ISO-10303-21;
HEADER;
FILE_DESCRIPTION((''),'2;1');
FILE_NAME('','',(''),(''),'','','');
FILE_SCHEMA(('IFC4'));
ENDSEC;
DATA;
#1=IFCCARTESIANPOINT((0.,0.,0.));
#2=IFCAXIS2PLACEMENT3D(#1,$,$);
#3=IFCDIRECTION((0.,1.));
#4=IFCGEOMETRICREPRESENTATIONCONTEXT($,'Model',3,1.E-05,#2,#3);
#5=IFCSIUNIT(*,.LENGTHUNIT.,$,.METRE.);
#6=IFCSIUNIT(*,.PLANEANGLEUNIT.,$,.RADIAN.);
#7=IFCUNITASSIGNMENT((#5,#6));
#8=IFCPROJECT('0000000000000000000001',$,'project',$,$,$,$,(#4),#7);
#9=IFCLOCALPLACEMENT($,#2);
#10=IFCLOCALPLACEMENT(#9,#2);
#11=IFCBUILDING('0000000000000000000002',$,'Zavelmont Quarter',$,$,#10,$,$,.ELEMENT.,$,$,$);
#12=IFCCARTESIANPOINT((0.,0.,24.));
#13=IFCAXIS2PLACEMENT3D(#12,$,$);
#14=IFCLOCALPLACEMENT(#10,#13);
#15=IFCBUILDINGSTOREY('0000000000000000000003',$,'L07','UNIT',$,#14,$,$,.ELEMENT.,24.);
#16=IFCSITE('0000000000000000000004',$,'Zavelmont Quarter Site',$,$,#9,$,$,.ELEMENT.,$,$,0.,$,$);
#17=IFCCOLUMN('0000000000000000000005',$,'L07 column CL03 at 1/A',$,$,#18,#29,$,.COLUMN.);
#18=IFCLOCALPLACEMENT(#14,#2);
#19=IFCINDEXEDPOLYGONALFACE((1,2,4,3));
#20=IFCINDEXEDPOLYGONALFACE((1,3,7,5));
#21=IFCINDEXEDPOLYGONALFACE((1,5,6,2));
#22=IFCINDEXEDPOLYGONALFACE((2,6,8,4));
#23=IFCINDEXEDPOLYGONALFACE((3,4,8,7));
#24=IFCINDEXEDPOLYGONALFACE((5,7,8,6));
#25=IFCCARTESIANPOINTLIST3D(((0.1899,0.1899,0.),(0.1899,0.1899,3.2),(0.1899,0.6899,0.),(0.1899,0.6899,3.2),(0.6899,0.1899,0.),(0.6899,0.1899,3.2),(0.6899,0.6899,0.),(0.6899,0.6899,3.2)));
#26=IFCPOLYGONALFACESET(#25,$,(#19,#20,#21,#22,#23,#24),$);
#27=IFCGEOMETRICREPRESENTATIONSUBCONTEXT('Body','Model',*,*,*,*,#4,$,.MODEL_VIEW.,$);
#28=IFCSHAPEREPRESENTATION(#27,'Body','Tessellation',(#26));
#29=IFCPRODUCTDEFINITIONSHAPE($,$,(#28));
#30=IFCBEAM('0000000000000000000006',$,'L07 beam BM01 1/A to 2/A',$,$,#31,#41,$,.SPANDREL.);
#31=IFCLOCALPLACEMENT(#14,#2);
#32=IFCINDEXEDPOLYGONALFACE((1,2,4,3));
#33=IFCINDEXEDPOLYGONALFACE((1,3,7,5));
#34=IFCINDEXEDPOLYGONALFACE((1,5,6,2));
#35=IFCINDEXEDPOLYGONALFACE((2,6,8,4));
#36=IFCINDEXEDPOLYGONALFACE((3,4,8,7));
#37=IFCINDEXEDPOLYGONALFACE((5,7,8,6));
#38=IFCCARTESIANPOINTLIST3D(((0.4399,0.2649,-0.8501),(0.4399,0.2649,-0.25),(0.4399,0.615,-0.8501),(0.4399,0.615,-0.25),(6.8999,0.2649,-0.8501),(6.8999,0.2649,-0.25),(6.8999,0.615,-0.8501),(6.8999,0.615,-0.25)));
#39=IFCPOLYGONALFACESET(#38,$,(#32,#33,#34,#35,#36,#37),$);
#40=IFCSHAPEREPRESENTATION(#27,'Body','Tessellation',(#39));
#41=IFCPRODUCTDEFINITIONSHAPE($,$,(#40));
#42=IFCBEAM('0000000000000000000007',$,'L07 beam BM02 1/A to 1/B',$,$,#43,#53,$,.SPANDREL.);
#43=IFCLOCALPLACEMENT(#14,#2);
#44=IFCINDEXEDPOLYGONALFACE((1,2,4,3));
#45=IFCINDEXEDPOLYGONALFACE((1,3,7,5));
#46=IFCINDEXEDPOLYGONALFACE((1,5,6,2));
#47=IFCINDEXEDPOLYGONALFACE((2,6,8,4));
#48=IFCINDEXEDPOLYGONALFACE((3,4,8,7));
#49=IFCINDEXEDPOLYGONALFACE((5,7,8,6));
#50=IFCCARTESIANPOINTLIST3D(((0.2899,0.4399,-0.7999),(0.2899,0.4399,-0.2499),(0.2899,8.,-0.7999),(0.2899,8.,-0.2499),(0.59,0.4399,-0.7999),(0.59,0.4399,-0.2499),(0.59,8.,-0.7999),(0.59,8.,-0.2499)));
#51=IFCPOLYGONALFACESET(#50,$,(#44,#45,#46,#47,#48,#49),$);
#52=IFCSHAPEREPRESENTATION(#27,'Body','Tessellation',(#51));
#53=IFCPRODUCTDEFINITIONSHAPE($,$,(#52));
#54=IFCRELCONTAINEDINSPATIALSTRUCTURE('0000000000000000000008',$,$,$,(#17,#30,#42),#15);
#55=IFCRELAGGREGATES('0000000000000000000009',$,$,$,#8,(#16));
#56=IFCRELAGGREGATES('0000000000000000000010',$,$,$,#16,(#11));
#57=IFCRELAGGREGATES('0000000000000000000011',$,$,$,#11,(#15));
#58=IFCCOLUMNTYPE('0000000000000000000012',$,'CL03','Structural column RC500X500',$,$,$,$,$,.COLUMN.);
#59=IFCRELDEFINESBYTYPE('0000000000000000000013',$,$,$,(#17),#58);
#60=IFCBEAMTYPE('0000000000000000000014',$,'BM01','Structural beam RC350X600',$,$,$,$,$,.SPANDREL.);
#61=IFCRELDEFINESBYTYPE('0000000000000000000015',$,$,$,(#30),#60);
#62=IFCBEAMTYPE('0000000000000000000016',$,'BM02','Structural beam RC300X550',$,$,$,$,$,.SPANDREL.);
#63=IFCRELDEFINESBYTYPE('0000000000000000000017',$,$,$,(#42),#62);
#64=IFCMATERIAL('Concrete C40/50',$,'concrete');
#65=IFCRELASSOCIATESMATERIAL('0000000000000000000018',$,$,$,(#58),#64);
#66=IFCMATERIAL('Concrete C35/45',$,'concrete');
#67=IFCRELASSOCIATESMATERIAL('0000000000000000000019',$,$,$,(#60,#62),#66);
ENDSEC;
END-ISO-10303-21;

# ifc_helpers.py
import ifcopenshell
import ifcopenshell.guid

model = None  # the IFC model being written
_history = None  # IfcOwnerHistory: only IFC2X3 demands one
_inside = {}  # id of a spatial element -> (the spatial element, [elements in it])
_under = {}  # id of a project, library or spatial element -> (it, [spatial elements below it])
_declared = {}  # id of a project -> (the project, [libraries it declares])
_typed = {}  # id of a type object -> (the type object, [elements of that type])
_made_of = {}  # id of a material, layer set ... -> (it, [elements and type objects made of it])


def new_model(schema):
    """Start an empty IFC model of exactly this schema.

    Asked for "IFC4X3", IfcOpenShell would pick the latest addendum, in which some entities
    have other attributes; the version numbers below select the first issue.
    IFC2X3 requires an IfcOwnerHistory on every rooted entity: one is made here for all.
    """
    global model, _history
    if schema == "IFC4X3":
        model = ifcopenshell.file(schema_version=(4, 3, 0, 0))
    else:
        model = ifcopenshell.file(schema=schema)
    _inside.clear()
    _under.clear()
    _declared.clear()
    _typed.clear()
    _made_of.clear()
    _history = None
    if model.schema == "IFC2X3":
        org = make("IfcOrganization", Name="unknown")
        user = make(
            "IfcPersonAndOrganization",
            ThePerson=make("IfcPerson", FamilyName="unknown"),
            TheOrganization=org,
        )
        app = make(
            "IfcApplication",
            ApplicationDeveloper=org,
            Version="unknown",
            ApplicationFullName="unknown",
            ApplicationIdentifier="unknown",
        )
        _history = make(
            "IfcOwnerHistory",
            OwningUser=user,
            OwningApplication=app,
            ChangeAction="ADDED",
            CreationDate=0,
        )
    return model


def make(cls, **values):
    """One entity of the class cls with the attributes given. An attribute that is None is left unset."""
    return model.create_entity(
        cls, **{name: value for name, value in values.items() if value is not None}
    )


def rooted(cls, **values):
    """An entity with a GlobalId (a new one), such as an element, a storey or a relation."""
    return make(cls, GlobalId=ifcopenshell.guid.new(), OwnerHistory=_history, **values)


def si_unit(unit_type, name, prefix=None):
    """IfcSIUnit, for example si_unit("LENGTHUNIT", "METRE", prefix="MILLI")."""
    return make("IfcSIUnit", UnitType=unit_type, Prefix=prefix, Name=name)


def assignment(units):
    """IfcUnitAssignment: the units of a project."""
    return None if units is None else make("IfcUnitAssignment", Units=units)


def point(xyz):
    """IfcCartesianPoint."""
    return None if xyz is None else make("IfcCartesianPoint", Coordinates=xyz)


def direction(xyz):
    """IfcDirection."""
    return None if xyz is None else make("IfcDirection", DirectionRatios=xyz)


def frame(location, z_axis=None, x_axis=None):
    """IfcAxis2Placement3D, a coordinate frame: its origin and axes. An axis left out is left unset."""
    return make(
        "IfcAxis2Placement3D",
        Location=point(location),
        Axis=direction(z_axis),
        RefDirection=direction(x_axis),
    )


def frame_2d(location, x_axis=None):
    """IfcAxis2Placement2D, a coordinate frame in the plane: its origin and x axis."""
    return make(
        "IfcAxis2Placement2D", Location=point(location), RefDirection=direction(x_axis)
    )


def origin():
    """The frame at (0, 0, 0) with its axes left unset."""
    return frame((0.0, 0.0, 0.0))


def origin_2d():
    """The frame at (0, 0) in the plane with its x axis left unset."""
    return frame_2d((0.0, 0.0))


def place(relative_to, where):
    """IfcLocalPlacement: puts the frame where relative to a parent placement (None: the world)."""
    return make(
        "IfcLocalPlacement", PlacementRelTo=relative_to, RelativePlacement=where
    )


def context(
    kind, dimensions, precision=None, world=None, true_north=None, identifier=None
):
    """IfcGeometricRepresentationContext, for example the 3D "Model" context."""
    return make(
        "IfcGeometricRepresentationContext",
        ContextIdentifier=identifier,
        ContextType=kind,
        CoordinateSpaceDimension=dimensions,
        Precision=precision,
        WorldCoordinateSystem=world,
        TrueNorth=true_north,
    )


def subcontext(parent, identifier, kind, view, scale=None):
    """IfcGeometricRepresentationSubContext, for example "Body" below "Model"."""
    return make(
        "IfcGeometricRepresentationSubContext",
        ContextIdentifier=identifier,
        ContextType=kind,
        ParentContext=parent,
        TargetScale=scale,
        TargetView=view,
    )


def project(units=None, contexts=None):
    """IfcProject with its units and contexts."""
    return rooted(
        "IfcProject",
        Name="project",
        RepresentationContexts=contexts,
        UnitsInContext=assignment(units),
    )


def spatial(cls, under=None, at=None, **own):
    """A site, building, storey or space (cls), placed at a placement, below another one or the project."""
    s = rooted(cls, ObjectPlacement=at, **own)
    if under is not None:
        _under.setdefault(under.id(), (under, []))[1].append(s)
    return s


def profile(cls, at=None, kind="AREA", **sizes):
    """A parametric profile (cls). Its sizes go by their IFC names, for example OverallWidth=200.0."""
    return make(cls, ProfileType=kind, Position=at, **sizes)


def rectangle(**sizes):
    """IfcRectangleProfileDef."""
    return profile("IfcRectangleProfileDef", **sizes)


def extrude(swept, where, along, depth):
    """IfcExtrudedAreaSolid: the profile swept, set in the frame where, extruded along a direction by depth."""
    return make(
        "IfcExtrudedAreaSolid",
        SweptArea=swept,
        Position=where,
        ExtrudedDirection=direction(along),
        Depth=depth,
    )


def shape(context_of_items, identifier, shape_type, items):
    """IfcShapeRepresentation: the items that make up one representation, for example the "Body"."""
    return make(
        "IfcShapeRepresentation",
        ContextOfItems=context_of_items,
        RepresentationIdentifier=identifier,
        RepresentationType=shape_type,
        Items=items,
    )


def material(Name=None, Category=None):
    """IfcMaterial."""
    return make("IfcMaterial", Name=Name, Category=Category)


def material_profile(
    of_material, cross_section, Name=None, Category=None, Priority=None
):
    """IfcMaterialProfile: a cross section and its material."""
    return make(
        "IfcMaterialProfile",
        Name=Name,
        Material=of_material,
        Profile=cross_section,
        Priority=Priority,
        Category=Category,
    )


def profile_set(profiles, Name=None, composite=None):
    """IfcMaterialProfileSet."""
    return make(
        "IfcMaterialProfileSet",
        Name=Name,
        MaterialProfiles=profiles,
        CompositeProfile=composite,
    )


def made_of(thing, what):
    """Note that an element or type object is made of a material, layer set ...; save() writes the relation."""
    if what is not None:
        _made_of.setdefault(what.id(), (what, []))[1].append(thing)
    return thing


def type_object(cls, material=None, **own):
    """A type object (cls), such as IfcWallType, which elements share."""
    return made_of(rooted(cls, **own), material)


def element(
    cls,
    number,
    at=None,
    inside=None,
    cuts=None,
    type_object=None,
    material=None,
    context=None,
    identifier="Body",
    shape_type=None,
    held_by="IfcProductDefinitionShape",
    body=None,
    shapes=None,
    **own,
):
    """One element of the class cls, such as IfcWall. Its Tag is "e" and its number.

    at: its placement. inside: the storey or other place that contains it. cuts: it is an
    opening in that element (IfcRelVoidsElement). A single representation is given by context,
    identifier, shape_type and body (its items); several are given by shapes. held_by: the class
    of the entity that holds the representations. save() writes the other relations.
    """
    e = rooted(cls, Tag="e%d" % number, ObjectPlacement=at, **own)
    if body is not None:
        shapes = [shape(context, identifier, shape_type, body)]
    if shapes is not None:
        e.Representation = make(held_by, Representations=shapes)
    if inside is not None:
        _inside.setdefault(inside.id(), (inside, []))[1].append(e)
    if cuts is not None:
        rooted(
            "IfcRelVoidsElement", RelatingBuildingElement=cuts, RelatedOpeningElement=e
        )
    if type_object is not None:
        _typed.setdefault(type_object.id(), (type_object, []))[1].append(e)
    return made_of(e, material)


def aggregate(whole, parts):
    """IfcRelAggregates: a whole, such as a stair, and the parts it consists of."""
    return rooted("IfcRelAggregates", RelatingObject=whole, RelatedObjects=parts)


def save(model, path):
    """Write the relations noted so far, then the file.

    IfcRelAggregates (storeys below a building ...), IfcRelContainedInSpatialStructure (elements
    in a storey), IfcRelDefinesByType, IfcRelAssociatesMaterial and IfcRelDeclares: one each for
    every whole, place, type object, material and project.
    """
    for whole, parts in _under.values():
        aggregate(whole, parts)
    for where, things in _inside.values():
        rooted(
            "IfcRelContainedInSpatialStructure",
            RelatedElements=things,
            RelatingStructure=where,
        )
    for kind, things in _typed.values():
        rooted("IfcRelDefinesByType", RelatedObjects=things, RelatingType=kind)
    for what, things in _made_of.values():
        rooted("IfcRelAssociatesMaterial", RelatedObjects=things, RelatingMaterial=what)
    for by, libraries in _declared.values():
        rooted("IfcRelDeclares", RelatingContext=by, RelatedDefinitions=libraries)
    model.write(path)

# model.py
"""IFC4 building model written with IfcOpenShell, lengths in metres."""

from ifc_helpers import new_model, si_unit, direction, frame, origin, origin_2d, place, context, subcontext, project, spatial, rectangle, extrude, material, material_profile, profile_set, type_object, element, save


model = new_model("IFC4")

# Units and contexts
model_context = context("Model", 3, precision=1e-05, world=origin(), true_north=direction((0.0, 1.0)))
body_context = subcontext(model_context, "Body", "Model", "MODEL_VIEW")
ifc_project = project(units=[si_unit("LENGTHUNIT", "METRE"), si_unit("PLANEANGLEUNIT", "RADIAN")], contexts=[model_context])

# Site, building, storey
site_placement = place(None, origin())
site = spatial("IfcSite", under=ifc_project, at=site_placement, Name="Zavelmont Quarter Site", CompositionType="ELEMENT", RefElevation=0.0)
building_placement = place(site_placement, origin())
building = spatial("IfcBuilding", under=site, at=building_placement, Name="Zavelmont Quarter", CompositionType="ELEMENT")
storey_placement = place(building_placement, frame((0.0, 0.0, 24.0)))
storey = spatial("IfcBuildingStorey", under=building, at=storey_placement, Name="L07", Description="UNIT", CompositionType="ELEMENT", Elevation=24.0)

# Column
ifc_material_1 = material(Name="Concrete C40/50", Category="concrete")
ifc_material_profile_1 = material_profile(ifc_material_1, rectangle(XDim=0.5, YDim=0.5, at=origin_2d()), Name="RC500X500")
ifc_profile_set_1 = profile_set([ifc_material_profile_1], Name="Concrete C40/50")
column_type = type_object("IfcColumnType", Name="CL03", Description="Structural column RC500X500", PredefinedType="COLUMN", material=ifc_profile_set_1)
column_placement = place(storey_placement, frame((0.4399, 0.4399, 0.0), z_axis=(0.0, 0.0, 1.0), x_axis=(1.0, 0.0, 0.0)))
element("IfcColumn", 1, at=column_placement, inside=storey, type_object=column_type, Name="L07 column CL03 at 1/A", PredefinedType="COLUMN", context=body_context, shape_type="SweptSolid", body=[
    extrude(rectangle(XDim=0.5, YDim=0.5, at=origin_2d()), origin(), (0.0, 0.0, 1.0), 3.2),
])

# Beams
ifc_material_2 = material(Name="Concrete C35/45", Category="concrete")
ifc_material_profile_2 = material_profile(ifc_material_2, rectangle(XDim=0.3501, YDim=0.6001, at=origin_2d()), Name="RC350X600")
ifc_profile_set_2 = profile_set([ifc_material_profile_2], Name="Concrete C35/45")
beam_type_1 = type_object("IfcBeamType", Name="BM01", Description="Structural beam RC350X600", PredefinedType="SPANDREL", material=ifc_profile_set_2)
beam_1_placement = place(storey_placement, frame((0.4399, 0.4399, -0.55), z_axis=(1.0, 0.0, 0.0), x_axis=(0.0, 1.0, 0.0)))
element("IfcBeam", 2, at=beam_1_placement, inside=storey, type_object=beam_type_1, Name="L07 beam BM01 1/A to 2/A", PredefinedType="SPANDREL", context=body_context, shape_type="SweptSolid", body=[
    extrude(rectangle(XDim=0.3501, YDim=0.6001, at=origin_2d()), origin(), (0.0, 0.0, 1.0), 6.46),
])
ifc_material_profile_3 = material_profile(ifc_material_2, rectangle(XDim=0.3, YDim=0.55, at=origin_2d()), Name="RC300X550")
ifc_profile_set_3 = profile_set([ifc_material_profile_3], Name="Concrete C35/45")
beam_type_2 = type_object("IfcBeamType", Name="BM02", Description="Structural beam RC300X550", PredefinedType="SPANDREL", material=ifc_profile_set_3)
beam_2_placement = place(storey_placement, frame((0.4399, 0.4399, -0.5249), z_axis=(0.0, 1.0, 0.0), x_axis=(-1.0, 0.0, 0.0)))
element("IfcBeam", 3, at=beam_2_placement, inside=storey, type_object=beam_type_2, Name="L07 beam BM02 1/A to 1/B", PredefinedType="SPANDREL", context=body_context, shape_type="SweptSolid", body=[
    extrude(rectangle(XDim=0.3, YDim=0.55, at=origin_2d()), origin(), (0.0, 0.0, 1.0), 7.5601),
])

save(model, "model.ifc")
